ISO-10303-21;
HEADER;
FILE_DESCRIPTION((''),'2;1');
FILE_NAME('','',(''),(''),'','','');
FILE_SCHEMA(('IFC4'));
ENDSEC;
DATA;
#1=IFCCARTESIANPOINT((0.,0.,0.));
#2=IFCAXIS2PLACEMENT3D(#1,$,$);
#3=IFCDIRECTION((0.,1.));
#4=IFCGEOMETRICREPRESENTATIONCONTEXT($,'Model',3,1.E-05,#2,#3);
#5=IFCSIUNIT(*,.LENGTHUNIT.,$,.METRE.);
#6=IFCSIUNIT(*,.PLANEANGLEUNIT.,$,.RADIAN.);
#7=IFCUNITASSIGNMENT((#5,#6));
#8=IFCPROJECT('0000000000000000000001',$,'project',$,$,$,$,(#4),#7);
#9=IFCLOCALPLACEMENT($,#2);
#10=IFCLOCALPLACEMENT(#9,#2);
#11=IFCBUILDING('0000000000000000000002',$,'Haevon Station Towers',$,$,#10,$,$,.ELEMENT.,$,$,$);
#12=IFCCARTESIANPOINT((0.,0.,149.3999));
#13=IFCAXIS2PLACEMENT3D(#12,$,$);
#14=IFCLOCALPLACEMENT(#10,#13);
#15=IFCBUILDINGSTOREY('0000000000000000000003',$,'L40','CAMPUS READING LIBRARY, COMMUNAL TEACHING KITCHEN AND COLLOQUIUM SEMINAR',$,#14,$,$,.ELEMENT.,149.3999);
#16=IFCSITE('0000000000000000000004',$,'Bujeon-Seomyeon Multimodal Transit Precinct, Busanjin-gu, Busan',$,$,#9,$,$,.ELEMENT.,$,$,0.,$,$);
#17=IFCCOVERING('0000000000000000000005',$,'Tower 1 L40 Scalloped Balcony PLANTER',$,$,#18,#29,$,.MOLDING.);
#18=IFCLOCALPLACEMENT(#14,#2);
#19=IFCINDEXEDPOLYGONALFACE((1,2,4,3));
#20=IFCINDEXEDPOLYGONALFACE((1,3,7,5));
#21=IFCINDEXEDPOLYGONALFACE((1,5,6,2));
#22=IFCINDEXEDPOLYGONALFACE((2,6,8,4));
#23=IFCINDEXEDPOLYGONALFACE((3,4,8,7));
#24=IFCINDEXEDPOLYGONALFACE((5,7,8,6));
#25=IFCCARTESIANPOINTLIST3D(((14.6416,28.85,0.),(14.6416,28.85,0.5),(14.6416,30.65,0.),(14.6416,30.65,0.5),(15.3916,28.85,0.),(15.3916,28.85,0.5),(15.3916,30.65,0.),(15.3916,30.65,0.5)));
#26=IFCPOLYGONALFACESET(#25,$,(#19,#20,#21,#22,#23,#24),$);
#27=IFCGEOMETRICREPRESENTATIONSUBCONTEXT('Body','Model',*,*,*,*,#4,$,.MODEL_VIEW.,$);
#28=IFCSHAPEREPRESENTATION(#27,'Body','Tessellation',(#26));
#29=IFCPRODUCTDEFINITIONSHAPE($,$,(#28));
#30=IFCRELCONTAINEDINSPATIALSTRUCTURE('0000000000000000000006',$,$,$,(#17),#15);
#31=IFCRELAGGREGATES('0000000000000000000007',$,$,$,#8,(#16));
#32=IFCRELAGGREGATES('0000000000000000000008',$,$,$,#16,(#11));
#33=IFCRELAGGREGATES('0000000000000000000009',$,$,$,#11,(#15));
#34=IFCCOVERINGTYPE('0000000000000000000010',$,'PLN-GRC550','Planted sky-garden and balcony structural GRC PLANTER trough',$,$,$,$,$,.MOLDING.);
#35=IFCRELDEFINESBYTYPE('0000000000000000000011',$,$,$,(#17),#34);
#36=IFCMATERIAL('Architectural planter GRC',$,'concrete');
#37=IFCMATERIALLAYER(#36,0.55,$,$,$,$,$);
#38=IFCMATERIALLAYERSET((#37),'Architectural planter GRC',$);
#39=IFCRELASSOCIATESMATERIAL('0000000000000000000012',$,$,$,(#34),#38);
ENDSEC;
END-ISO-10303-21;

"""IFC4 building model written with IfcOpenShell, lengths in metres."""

from ifc_helpers import new_model, si_unit, direction, frame, origin, origin_2d, place, context, subcontext, project, spatial, rectangle, extrude, material, layer, layer_set, type_object, element, save


model = new_model("IFC4")

# Units and contexts
model_context = context("Model", 3, precision=1e-05, world=origin(), true_north=direction((0.0, 1.0)))
body_context = subcontext(model_context, "Body", "Model", "MODEL_VIEW")
ifc_project = project(units=[si_unit("LENGTHUNIT", "METRE"), si_unit("PLANEANGLEUNIT", "RADIAN")], contexts=[model_context])

# Site, building, storey
site_placement = place(None, origin())
site = spatial("IfcSite", under=ifc_project, at=site_placement, Name="Bujeon-Seomyeon Multimodal Transit Precinct, Busanjin-gu, Busan", CompositionType="ELEMENT", RefElevation=0.0)
building_placement = place(site_placement, origin())
building = spatial("IfcBuilding", under=site, at=building_placement, Name="Haevon Station Towers", CompositionType="ELEMENT")
storey_placement = place(building_placement, frame((0.0, 0.0, 149.3999)))
storey = spatial("IfcBuildingStorey", under=building, at=storey_placement, Name="L40", Description="CAMPUS READING LIBRARY, COMMUNAL TEACHING KITCHEN AND COLLOQUIUM SEMINAR", CompositionType="ELEMENT", Elevation=149.3999)

# Covering
ifc_material_1 = material(Name="Architectural planter GRC", Category="concrete")
ifc_layer = layer(ifc_material_1, 0.55)
ifc_layer_set = layer_set([ifc_layer], Name="Architectural planter GRC")
covering_type = type_object("IfcCoveringType", Name="PLN-GRC550", Description="Planted sky-garden and balcony structural GRC PLANTER trough", PredefinedType="MOLDING", material=ifc_layer_set)
covering_placement = place(storey_placement, frame((15.0166, 29.75, 0.0), z_axis=(0.0, 0.0, 1.0), x_axis=(1.0, 0.0, 0.0)))
element("IfcCovering", 1, at=covering_placement, inside=storey, type_object=covering_type, Name="Tower 1 L40 Scalloped Balcony PLANTER", PredefinedType="MOLDING", context=body_context, shape_type="SweptSolid", body=[
    extrude(rectangle(XDim=0.75, YDim=1.8, at=origin_2d()), origin(), (0.0, 0.0, 1.0), 0.5),
])

save(model, "model.ifc")
